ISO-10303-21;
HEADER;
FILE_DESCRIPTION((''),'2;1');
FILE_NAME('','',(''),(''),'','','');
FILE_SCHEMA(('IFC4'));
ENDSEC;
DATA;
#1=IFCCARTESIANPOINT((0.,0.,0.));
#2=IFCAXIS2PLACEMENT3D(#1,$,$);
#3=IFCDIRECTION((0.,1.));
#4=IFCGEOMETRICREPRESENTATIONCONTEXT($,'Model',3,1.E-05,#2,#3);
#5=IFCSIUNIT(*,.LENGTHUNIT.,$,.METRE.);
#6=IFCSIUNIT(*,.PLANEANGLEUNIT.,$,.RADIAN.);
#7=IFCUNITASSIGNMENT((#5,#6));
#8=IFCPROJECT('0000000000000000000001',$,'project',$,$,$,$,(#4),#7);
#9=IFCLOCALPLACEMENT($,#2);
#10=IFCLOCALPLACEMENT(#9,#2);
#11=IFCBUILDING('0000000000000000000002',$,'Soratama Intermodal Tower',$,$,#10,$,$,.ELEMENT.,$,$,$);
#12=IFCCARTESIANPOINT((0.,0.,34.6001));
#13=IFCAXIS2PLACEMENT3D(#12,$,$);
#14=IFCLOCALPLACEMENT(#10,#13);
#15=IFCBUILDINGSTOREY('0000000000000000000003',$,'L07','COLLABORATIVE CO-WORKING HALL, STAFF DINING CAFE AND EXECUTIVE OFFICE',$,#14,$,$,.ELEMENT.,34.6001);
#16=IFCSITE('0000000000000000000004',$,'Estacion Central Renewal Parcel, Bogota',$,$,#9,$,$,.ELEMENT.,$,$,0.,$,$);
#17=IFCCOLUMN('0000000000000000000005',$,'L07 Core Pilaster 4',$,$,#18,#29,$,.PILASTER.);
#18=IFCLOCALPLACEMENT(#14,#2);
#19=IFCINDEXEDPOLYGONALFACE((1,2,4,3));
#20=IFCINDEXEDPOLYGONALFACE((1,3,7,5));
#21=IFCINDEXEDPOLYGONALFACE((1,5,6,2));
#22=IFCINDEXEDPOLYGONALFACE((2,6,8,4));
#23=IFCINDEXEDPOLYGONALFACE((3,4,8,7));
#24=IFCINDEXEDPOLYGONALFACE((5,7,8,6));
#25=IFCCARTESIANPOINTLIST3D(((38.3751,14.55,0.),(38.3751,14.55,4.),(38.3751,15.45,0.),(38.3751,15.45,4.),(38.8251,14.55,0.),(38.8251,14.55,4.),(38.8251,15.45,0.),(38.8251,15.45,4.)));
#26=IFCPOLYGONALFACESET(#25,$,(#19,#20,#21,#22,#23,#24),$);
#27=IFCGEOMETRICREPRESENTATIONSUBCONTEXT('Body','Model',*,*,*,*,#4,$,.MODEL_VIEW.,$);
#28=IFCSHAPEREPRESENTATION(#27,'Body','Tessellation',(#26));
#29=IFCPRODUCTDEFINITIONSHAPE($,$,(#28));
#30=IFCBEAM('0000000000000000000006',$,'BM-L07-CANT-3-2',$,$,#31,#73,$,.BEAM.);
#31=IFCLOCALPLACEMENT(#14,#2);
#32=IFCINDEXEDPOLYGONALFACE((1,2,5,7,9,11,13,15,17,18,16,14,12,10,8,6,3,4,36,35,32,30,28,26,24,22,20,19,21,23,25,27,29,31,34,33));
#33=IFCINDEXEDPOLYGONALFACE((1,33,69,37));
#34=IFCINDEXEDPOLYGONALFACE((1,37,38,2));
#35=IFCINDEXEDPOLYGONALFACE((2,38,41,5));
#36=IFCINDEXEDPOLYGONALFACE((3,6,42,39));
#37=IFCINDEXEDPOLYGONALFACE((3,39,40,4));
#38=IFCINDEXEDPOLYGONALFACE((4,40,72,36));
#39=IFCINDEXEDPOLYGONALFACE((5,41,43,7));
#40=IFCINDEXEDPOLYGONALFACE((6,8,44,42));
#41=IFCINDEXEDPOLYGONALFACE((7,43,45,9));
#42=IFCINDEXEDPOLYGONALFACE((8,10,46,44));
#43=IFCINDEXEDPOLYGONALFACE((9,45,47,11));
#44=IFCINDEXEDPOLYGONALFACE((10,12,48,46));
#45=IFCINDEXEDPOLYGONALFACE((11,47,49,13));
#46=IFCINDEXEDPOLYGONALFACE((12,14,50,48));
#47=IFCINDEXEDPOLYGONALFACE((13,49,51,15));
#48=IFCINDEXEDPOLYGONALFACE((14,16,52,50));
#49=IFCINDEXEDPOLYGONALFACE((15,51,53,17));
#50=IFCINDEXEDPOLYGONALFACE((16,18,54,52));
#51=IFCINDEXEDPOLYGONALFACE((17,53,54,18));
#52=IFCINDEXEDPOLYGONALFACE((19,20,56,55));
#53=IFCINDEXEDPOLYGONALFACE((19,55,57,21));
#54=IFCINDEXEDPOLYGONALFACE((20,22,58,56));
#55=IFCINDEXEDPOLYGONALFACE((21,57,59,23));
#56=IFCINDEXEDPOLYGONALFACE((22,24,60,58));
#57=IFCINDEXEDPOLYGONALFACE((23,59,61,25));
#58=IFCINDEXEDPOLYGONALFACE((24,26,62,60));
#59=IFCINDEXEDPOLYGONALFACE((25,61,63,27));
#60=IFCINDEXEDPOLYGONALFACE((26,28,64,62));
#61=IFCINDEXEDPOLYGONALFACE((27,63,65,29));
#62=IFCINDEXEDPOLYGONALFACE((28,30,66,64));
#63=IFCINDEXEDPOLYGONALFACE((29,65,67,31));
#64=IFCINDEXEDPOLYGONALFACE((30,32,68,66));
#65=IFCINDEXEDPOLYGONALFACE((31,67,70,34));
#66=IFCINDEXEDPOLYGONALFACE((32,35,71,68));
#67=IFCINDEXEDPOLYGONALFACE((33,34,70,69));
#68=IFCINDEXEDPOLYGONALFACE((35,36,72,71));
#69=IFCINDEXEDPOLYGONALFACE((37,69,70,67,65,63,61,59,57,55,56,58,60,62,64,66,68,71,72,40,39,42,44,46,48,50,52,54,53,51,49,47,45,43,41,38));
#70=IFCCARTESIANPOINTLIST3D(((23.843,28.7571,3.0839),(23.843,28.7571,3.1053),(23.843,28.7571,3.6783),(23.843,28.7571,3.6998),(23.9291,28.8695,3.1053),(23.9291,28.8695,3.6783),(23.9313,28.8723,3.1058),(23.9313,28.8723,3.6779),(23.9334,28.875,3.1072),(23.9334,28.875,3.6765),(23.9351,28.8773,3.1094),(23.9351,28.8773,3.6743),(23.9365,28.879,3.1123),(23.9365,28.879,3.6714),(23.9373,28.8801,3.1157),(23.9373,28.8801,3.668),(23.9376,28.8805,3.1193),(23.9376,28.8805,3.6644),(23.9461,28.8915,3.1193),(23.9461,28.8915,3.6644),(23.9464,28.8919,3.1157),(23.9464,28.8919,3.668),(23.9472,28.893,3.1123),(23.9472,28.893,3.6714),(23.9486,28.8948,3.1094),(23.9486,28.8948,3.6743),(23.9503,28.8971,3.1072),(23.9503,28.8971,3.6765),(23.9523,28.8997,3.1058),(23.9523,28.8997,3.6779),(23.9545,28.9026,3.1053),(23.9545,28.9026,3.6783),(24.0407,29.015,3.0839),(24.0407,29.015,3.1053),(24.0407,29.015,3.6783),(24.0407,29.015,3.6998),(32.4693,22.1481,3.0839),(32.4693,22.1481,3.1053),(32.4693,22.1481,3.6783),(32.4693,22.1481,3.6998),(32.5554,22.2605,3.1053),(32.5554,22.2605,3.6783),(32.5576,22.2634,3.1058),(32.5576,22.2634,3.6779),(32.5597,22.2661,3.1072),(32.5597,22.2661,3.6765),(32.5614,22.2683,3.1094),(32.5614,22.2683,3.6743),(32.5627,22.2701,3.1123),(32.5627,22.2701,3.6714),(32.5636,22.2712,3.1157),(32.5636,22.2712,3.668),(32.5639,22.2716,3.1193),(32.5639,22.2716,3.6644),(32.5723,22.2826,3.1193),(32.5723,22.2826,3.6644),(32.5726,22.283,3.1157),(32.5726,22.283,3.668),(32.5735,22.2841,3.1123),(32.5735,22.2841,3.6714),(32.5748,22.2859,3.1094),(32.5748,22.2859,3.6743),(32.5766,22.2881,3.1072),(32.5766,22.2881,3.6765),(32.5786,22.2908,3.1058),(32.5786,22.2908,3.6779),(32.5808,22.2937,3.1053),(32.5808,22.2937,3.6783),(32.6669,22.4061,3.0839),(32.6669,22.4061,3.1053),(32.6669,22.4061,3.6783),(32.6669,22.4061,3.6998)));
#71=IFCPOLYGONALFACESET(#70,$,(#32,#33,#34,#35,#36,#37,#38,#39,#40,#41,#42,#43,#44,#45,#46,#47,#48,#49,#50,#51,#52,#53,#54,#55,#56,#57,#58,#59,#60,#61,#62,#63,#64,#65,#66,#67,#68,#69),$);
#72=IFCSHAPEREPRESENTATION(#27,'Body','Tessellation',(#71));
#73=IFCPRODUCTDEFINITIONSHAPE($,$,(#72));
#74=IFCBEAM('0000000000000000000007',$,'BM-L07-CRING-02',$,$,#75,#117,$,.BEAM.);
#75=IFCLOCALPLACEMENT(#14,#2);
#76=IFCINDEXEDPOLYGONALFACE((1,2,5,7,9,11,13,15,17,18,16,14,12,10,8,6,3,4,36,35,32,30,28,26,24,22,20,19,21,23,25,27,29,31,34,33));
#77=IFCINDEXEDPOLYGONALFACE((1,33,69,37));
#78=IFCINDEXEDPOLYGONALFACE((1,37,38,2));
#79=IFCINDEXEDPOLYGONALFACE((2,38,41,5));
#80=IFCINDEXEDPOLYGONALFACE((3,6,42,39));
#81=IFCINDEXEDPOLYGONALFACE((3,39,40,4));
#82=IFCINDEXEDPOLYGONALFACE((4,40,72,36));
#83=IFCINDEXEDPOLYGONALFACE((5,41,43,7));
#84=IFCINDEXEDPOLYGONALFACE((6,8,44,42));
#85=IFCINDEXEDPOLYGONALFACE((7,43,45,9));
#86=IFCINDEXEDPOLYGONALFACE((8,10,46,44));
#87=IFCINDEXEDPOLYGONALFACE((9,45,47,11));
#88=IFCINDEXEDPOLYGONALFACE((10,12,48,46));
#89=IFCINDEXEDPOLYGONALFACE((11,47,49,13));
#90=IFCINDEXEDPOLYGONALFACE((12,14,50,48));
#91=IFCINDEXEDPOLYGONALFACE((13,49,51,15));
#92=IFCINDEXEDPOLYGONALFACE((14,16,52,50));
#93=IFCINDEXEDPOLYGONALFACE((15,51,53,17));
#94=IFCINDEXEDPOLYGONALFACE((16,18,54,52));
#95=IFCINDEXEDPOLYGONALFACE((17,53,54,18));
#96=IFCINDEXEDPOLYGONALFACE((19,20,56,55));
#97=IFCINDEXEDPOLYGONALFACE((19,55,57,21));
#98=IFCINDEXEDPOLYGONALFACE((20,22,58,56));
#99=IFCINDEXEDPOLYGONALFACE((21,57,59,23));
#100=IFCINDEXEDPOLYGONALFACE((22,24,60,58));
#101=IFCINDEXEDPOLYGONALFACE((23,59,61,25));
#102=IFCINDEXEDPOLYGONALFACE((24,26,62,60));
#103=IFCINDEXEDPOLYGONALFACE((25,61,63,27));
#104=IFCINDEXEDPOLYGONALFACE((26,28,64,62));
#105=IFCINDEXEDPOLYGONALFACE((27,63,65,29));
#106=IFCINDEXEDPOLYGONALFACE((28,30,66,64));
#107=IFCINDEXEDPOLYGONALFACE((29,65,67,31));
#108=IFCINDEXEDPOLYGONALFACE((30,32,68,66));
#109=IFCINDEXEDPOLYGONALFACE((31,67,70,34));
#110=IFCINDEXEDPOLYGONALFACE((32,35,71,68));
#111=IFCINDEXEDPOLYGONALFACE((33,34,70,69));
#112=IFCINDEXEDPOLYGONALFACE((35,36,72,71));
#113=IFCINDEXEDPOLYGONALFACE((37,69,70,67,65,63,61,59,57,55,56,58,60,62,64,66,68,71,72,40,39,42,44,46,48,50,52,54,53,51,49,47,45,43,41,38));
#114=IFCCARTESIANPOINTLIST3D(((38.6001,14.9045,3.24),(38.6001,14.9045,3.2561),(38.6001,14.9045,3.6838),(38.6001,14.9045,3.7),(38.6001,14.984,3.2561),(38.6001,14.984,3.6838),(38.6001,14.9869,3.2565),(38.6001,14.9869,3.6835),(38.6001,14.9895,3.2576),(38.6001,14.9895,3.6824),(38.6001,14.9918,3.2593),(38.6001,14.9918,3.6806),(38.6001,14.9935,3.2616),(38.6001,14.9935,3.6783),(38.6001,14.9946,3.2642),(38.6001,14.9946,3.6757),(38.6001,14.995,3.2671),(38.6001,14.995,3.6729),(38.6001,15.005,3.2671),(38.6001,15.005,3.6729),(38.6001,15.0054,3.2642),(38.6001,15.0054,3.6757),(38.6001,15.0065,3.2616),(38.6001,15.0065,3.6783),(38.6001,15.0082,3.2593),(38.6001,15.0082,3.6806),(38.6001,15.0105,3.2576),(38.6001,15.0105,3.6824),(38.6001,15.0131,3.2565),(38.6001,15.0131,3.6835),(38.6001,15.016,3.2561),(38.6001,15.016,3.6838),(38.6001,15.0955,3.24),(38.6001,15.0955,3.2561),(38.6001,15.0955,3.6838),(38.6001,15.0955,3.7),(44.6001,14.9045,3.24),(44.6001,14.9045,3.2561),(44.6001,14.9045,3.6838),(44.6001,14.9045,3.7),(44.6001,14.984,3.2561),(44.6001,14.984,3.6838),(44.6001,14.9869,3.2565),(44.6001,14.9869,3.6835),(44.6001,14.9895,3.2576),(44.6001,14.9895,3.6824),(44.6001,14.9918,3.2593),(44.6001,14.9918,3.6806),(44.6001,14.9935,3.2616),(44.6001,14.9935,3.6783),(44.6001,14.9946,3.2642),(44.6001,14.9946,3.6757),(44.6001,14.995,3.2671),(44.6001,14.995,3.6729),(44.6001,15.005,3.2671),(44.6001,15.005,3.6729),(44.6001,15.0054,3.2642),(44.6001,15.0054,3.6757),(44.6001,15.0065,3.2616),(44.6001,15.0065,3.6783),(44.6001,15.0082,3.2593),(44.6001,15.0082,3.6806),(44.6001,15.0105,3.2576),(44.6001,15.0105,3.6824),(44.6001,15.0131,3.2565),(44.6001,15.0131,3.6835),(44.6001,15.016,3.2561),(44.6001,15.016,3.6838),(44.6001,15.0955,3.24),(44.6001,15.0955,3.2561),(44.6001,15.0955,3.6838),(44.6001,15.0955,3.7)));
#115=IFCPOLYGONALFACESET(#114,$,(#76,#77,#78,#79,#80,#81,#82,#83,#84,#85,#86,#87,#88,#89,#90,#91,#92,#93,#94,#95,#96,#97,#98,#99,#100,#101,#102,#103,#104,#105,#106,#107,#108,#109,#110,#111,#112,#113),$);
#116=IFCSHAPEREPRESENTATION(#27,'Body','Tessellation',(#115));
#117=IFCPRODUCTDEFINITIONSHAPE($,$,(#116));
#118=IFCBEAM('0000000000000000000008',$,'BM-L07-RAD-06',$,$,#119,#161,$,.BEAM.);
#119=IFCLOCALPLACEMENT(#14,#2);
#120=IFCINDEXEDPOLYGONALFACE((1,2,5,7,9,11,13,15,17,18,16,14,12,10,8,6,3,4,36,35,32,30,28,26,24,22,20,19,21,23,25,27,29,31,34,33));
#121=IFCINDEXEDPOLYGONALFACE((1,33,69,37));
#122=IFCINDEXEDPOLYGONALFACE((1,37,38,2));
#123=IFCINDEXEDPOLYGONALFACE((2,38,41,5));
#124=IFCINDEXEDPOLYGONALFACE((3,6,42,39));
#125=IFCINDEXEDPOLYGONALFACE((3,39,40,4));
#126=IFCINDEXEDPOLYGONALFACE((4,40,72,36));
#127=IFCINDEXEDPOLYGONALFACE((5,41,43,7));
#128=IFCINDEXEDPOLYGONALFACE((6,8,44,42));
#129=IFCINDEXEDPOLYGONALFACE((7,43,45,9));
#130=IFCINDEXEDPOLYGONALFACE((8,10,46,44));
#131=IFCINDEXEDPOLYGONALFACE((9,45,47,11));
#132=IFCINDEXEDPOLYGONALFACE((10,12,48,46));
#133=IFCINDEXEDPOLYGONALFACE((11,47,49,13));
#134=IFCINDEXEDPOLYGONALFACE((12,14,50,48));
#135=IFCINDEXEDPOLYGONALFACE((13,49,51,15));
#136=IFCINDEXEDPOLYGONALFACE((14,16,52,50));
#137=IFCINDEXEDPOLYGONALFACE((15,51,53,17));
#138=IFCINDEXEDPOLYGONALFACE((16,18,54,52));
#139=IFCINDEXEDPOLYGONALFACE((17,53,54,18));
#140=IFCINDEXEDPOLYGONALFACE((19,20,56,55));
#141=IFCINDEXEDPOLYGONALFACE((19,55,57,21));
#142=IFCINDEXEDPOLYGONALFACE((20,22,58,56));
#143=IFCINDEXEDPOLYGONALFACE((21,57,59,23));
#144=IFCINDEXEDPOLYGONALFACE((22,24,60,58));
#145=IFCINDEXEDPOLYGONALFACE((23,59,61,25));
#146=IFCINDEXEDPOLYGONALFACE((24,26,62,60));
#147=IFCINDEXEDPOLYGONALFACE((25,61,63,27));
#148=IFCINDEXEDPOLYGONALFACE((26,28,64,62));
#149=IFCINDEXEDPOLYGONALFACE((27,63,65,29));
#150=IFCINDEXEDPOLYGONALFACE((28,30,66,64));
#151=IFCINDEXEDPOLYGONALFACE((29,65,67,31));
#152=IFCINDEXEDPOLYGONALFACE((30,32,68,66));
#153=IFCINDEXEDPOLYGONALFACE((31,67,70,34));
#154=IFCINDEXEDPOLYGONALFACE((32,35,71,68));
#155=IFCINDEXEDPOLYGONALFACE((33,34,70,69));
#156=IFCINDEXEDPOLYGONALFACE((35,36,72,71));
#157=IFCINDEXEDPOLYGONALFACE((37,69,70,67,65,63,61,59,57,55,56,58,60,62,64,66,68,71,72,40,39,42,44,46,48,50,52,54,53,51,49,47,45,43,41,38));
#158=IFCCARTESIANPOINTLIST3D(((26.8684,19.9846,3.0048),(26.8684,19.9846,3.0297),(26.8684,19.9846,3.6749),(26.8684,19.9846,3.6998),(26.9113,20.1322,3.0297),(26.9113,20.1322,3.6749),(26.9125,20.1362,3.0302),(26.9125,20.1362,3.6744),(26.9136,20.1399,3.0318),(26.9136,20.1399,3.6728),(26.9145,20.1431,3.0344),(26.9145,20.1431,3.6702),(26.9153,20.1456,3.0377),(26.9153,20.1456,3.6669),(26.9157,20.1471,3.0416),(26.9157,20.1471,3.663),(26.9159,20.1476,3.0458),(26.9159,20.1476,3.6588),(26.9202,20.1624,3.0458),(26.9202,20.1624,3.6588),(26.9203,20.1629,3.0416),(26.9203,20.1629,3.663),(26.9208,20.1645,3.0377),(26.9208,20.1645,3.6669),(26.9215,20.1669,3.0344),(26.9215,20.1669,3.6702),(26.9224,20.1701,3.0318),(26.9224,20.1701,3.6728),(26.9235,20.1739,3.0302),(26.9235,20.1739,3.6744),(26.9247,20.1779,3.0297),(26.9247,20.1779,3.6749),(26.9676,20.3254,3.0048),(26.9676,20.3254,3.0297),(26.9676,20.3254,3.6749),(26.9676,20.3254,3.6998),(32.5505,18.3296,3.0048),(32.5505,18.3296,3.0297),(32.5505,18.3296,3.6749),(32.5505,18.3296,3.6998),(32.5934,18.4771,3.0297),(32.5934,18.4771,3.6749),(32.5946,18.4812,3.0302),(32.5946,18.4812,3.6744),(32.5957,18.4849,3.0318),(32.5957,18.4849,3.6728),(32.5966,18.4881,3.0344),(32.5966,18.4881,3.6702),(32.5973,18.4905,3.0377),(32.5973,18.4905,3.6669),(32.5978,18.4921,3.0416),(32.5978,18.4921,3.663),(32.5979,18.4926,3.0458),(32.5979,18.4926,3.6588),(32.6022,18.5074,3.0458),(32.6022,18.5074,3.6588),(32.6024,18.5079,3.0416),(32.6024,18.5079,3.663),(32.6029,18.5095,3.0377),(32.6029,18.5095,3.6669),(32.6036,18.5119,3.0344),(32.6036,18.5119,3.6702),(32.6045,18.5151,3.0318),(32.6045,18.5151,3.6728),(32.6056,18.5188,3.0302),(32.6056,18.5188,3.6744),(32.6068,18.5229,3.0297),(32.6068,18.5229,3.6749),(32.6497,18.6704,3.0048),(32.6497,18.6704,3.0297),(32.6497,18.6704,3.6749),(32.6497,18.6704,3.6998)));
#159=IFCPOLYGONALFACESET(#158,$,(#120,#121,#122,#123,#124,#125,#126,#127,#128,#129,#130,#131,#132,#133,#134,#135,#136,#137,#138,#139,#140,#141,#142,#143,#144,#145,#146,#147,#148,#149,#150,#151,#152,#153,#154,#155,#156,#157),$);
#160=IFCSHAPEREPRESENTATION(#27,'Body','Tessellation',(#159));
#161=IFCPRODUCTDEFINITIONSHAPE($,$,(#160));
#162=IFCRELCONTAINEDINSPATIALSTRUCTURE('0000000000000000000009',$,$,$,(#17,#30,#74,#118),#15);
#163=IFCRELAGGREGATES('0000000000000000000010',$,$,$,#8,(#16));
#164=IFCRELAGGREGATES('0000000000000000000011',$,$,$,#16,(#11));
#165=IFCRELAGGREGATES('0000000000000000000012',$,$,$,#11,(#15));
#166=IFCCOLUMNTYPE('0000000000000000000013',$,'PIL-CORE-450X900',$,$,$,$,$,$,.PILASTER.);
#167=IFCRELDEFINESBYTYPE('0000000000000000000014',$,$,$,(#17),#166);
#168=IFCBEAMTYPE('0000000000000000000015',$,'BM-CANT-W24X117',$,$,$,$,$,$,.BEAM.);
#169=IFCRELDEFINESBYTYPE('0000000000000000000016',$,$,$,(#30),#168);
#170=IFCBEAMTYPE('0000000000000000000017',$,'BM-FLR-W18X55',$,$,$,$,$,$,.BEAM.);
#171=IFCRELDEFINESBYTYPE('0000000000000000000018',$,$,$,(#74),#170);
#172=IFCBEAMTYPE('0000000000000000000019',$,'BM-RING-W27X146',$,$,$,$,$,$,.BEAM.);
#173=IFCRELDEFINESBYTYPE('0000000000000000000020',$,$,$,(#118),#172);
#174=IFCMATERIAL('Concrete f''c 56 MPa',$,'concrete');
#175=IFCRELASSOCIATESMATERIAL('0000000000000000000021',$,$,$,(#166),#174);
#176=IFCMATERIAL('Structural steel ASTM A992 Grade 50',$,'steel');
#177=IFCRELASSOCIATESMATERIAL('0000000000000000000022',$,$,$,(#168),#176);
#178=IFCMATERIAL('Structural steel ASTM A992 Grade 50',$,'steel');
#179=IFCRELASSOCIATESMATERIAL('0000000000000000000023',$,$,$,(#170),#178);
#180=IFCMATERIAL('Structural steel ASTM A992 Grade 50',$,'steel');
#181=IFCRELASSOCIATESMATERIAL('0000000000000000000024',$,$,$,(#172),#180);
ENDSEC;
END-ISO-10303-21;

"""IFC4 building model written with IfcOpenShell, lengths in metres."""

from ifc_helpers import new_model, si_unit, direction, frame, origin, origin_2d, place, context, subcontext, project, spatial, rectangle, i_section, extrude, material, material_profile, profile_set, type_object, element, save


model = new_model("IFC4")

# Units and contexts
model_context = context("Model", 3, precision=1e-05, world=origin(), true_north=direction((0.0, 1.0)))
body_context = subcontext(model_context, "Body", "Model", "MODEL_VIEW")
ifc_project = project(units=[si_unit("LENGTHUNIT", "METRE"), si_unit("PLANEANGLEUNIT", "RADIAN")], contexts=[model_context])

# Site, building, storey
site_placement = place(None, origin())
site = spatial("IfcSite", under=ifc_project, at=site_placement, Name="Estacion Central Renewal Parcel, Bogota", CompositionType="ELEMENT", RefElevation=0.0)
building_placement = place(site_placement, origin())
building = spatial("IfcBuilding", under=site, at=building_placement, Name="Soratama Intermodal Tower", CompositionType="ELEMENT")
storey_placement = place(building_placement, frame((0.0, 0.0, 34.6001)))
storey = spatial("IfcBuildingStorey", under=building, at=storey_placement, Name="L07", Description="COLLABORATIVE CO-WORKING HALL, STAFF DINING CAFE AND EXECUTIVE OFFICE", CompositionType="ELEMENT", Elevation=34.6001)

# Column
ifc_material_1 = material(Name="Concrete f'c 56 MPa", Category="concrete")
ifc_material_profile_1 = material_profile(ifc_material_1, rectangle(XDim=0.45, YDim=0.8999, at=origin_2d()), Name="RC450X900")
ifc_profile_set_1 = profile_set([ifc_material_profile_1], Name="Concrete f'c 56 MPa")
column_type = type_object("IfcColumnType", Name="PIL-CORE-450X900", PredefinedType="PILASTER", material=ifc_profile_set_1)
column_placement = place(storey_placement, frame((38.6001, 15.0, 0.0), z_axis=(0.0, 0.0, 1.0), x_axis=(1.0, 0.0, 0.0)))
element("IfcColumn", 1, at=column_placement, inside=storey, type_object=column_type, Name="L07 Core Pilaster 4", PredefinedType="PILASTER", context=body_context, shape_type="SweptSolid", body=[
    extrude(rectangle(XDim=0.45, YDim=0.8999, at=origin_2d()), origin(), (0.0, 0.0, 1.0), 4.0),
])

# Beams
ifc_material_2 = material(Name="Structural steel ASTM A992 Grade 50", Category="steel")
ifc_material_profile_2 = material_profile(ifc_material_2, i_section(OverallWidth=0.325, OverallDepth=0.616, WebThickness=0.0139, FlangeThickness=0.0215, FilletRadius=0.0139, at=origin_2d()), Name="W24X117")
ifc_profile_set_2 = profile_set([ifc_material_profile_2], Name="Structural steel ASTM A992 Grade 50")
beam_type_1 = type_object("IfcBeamType", Name="BM-CANT-W24X117", PredefinedType="BEAM", material=ifc_profile_set_2)
beam_1_placement = place(storey_placement, frame((32.5681, 22.2771, 3.3918), z_axis=(-0.793808, 0.608168, 0.0), x_axis=(-0.608168, -0.793808, 0.0)))
element("IfcBeam", 2, at=beam_1_placement, inside=storey, type_object=beam_type_1, Name="BM-L07-CANT-3-2", PredefinedType="BEAM", context=body_context, shape_type="SweptSolid", body=[
    extrude(i_section(OverallWidth=0.325, OverallDepth=0.616, WebThickness=0.0139, FlangeThickness=0.0215, FilletRadius=0.0139, at=origin_2d()), origin(), (0.0, 0.0, 1.0), 10.8669),
])
ifc_material_3 = material(Name="Structural steel ASTM A992 Grade 50", Category="steel")
ifc_material_profile_3 = material_profile(ifc_material_3, i_section(OverallWidth=0.1909, OverallDepth=0.46, WebThickness=0.01, FlangeThickness=0.0161, FilletRadius=0.011, at=origin_2d()), Name="W18X55")
ifc_profile_set_3 = profile_set([ifc_material_profile_3], Name="Structural steel ASTM A992 Grade 50")
beam_type_2 = type_object("IfcBeamType", Name="BM-FLR-W18X55", PredefinedType="BEAM", material=ifc_profile_set_3)
beam_2_placement = place(storey_placement, frame((38.6001, 15.0, 3.47), z_axis=(1.0, 0.0, 0.0), x_axis=(0.0, 1.0, 0.0)))
element("IfcBeam", 3, at=beam_2_placement, inside=storey, type_object=beam_type_2, Name="BM-L07-CRING-02", PredefinedType="BEAM", context=body_context, shape_type="SweptSolid", body=[
    extrude(i_section(OverallWidth=0.1909, OverallDepth=0.46, WebThickness=0.01, FlangeThickness=0.0161, FilletRadius=0.011, at=origin_2d()), origin(), (0.0, 0.0, 1.0), 6.0),
])
ifc_material_4 = material(Name="Structural steel ASTM A992 Grade 50", Category="steel")
ifc_material_profile_4 = material_profile(ifc_material_4, i_section(OverallWidth=0.355, OverallDepth=0.6951, WebThickness=0.0154, FlangeThickness=0.0249, FilletRadius=0.0161, at=origin_2d()), Name="W27X146")
ifc_profile_set_4 = profile_set([ifc_material_profile_4], Name="Structural steel ASTM A992 Grade 50")
beam_type_3 = type_object("IfcBeamType", Name="BM-RING-W27X146", PredefinedType="BEAM", material=ifc_profile_set_4)
beam_3_placement = place(storey_placement, frame((32.6001, 18.5, 3.3523), z_axis=(-0.960103, 0.279648, 0.0), x_axis=(-0.279648, -0.960103, 0.0)))
element("IfcBeam", 4, at=beam_3_placement, inside=storey, type_object=beam_type_3, Name="BM-L07-RAD-06", PredefinedType="BEAM", context=body_context, shape_type="SweptSolid", body=[
    extrude(i_section(OverallWidth=0.355, OverallDepth=0.6951, WebThickness=0.0154, FlangeThickness=0.0249, FilletRadius=0.0161, at=origin_2d()), origin(), (0.0, 0.0, 1.0), 5.9182),
])

save(model, "model.ifc")
